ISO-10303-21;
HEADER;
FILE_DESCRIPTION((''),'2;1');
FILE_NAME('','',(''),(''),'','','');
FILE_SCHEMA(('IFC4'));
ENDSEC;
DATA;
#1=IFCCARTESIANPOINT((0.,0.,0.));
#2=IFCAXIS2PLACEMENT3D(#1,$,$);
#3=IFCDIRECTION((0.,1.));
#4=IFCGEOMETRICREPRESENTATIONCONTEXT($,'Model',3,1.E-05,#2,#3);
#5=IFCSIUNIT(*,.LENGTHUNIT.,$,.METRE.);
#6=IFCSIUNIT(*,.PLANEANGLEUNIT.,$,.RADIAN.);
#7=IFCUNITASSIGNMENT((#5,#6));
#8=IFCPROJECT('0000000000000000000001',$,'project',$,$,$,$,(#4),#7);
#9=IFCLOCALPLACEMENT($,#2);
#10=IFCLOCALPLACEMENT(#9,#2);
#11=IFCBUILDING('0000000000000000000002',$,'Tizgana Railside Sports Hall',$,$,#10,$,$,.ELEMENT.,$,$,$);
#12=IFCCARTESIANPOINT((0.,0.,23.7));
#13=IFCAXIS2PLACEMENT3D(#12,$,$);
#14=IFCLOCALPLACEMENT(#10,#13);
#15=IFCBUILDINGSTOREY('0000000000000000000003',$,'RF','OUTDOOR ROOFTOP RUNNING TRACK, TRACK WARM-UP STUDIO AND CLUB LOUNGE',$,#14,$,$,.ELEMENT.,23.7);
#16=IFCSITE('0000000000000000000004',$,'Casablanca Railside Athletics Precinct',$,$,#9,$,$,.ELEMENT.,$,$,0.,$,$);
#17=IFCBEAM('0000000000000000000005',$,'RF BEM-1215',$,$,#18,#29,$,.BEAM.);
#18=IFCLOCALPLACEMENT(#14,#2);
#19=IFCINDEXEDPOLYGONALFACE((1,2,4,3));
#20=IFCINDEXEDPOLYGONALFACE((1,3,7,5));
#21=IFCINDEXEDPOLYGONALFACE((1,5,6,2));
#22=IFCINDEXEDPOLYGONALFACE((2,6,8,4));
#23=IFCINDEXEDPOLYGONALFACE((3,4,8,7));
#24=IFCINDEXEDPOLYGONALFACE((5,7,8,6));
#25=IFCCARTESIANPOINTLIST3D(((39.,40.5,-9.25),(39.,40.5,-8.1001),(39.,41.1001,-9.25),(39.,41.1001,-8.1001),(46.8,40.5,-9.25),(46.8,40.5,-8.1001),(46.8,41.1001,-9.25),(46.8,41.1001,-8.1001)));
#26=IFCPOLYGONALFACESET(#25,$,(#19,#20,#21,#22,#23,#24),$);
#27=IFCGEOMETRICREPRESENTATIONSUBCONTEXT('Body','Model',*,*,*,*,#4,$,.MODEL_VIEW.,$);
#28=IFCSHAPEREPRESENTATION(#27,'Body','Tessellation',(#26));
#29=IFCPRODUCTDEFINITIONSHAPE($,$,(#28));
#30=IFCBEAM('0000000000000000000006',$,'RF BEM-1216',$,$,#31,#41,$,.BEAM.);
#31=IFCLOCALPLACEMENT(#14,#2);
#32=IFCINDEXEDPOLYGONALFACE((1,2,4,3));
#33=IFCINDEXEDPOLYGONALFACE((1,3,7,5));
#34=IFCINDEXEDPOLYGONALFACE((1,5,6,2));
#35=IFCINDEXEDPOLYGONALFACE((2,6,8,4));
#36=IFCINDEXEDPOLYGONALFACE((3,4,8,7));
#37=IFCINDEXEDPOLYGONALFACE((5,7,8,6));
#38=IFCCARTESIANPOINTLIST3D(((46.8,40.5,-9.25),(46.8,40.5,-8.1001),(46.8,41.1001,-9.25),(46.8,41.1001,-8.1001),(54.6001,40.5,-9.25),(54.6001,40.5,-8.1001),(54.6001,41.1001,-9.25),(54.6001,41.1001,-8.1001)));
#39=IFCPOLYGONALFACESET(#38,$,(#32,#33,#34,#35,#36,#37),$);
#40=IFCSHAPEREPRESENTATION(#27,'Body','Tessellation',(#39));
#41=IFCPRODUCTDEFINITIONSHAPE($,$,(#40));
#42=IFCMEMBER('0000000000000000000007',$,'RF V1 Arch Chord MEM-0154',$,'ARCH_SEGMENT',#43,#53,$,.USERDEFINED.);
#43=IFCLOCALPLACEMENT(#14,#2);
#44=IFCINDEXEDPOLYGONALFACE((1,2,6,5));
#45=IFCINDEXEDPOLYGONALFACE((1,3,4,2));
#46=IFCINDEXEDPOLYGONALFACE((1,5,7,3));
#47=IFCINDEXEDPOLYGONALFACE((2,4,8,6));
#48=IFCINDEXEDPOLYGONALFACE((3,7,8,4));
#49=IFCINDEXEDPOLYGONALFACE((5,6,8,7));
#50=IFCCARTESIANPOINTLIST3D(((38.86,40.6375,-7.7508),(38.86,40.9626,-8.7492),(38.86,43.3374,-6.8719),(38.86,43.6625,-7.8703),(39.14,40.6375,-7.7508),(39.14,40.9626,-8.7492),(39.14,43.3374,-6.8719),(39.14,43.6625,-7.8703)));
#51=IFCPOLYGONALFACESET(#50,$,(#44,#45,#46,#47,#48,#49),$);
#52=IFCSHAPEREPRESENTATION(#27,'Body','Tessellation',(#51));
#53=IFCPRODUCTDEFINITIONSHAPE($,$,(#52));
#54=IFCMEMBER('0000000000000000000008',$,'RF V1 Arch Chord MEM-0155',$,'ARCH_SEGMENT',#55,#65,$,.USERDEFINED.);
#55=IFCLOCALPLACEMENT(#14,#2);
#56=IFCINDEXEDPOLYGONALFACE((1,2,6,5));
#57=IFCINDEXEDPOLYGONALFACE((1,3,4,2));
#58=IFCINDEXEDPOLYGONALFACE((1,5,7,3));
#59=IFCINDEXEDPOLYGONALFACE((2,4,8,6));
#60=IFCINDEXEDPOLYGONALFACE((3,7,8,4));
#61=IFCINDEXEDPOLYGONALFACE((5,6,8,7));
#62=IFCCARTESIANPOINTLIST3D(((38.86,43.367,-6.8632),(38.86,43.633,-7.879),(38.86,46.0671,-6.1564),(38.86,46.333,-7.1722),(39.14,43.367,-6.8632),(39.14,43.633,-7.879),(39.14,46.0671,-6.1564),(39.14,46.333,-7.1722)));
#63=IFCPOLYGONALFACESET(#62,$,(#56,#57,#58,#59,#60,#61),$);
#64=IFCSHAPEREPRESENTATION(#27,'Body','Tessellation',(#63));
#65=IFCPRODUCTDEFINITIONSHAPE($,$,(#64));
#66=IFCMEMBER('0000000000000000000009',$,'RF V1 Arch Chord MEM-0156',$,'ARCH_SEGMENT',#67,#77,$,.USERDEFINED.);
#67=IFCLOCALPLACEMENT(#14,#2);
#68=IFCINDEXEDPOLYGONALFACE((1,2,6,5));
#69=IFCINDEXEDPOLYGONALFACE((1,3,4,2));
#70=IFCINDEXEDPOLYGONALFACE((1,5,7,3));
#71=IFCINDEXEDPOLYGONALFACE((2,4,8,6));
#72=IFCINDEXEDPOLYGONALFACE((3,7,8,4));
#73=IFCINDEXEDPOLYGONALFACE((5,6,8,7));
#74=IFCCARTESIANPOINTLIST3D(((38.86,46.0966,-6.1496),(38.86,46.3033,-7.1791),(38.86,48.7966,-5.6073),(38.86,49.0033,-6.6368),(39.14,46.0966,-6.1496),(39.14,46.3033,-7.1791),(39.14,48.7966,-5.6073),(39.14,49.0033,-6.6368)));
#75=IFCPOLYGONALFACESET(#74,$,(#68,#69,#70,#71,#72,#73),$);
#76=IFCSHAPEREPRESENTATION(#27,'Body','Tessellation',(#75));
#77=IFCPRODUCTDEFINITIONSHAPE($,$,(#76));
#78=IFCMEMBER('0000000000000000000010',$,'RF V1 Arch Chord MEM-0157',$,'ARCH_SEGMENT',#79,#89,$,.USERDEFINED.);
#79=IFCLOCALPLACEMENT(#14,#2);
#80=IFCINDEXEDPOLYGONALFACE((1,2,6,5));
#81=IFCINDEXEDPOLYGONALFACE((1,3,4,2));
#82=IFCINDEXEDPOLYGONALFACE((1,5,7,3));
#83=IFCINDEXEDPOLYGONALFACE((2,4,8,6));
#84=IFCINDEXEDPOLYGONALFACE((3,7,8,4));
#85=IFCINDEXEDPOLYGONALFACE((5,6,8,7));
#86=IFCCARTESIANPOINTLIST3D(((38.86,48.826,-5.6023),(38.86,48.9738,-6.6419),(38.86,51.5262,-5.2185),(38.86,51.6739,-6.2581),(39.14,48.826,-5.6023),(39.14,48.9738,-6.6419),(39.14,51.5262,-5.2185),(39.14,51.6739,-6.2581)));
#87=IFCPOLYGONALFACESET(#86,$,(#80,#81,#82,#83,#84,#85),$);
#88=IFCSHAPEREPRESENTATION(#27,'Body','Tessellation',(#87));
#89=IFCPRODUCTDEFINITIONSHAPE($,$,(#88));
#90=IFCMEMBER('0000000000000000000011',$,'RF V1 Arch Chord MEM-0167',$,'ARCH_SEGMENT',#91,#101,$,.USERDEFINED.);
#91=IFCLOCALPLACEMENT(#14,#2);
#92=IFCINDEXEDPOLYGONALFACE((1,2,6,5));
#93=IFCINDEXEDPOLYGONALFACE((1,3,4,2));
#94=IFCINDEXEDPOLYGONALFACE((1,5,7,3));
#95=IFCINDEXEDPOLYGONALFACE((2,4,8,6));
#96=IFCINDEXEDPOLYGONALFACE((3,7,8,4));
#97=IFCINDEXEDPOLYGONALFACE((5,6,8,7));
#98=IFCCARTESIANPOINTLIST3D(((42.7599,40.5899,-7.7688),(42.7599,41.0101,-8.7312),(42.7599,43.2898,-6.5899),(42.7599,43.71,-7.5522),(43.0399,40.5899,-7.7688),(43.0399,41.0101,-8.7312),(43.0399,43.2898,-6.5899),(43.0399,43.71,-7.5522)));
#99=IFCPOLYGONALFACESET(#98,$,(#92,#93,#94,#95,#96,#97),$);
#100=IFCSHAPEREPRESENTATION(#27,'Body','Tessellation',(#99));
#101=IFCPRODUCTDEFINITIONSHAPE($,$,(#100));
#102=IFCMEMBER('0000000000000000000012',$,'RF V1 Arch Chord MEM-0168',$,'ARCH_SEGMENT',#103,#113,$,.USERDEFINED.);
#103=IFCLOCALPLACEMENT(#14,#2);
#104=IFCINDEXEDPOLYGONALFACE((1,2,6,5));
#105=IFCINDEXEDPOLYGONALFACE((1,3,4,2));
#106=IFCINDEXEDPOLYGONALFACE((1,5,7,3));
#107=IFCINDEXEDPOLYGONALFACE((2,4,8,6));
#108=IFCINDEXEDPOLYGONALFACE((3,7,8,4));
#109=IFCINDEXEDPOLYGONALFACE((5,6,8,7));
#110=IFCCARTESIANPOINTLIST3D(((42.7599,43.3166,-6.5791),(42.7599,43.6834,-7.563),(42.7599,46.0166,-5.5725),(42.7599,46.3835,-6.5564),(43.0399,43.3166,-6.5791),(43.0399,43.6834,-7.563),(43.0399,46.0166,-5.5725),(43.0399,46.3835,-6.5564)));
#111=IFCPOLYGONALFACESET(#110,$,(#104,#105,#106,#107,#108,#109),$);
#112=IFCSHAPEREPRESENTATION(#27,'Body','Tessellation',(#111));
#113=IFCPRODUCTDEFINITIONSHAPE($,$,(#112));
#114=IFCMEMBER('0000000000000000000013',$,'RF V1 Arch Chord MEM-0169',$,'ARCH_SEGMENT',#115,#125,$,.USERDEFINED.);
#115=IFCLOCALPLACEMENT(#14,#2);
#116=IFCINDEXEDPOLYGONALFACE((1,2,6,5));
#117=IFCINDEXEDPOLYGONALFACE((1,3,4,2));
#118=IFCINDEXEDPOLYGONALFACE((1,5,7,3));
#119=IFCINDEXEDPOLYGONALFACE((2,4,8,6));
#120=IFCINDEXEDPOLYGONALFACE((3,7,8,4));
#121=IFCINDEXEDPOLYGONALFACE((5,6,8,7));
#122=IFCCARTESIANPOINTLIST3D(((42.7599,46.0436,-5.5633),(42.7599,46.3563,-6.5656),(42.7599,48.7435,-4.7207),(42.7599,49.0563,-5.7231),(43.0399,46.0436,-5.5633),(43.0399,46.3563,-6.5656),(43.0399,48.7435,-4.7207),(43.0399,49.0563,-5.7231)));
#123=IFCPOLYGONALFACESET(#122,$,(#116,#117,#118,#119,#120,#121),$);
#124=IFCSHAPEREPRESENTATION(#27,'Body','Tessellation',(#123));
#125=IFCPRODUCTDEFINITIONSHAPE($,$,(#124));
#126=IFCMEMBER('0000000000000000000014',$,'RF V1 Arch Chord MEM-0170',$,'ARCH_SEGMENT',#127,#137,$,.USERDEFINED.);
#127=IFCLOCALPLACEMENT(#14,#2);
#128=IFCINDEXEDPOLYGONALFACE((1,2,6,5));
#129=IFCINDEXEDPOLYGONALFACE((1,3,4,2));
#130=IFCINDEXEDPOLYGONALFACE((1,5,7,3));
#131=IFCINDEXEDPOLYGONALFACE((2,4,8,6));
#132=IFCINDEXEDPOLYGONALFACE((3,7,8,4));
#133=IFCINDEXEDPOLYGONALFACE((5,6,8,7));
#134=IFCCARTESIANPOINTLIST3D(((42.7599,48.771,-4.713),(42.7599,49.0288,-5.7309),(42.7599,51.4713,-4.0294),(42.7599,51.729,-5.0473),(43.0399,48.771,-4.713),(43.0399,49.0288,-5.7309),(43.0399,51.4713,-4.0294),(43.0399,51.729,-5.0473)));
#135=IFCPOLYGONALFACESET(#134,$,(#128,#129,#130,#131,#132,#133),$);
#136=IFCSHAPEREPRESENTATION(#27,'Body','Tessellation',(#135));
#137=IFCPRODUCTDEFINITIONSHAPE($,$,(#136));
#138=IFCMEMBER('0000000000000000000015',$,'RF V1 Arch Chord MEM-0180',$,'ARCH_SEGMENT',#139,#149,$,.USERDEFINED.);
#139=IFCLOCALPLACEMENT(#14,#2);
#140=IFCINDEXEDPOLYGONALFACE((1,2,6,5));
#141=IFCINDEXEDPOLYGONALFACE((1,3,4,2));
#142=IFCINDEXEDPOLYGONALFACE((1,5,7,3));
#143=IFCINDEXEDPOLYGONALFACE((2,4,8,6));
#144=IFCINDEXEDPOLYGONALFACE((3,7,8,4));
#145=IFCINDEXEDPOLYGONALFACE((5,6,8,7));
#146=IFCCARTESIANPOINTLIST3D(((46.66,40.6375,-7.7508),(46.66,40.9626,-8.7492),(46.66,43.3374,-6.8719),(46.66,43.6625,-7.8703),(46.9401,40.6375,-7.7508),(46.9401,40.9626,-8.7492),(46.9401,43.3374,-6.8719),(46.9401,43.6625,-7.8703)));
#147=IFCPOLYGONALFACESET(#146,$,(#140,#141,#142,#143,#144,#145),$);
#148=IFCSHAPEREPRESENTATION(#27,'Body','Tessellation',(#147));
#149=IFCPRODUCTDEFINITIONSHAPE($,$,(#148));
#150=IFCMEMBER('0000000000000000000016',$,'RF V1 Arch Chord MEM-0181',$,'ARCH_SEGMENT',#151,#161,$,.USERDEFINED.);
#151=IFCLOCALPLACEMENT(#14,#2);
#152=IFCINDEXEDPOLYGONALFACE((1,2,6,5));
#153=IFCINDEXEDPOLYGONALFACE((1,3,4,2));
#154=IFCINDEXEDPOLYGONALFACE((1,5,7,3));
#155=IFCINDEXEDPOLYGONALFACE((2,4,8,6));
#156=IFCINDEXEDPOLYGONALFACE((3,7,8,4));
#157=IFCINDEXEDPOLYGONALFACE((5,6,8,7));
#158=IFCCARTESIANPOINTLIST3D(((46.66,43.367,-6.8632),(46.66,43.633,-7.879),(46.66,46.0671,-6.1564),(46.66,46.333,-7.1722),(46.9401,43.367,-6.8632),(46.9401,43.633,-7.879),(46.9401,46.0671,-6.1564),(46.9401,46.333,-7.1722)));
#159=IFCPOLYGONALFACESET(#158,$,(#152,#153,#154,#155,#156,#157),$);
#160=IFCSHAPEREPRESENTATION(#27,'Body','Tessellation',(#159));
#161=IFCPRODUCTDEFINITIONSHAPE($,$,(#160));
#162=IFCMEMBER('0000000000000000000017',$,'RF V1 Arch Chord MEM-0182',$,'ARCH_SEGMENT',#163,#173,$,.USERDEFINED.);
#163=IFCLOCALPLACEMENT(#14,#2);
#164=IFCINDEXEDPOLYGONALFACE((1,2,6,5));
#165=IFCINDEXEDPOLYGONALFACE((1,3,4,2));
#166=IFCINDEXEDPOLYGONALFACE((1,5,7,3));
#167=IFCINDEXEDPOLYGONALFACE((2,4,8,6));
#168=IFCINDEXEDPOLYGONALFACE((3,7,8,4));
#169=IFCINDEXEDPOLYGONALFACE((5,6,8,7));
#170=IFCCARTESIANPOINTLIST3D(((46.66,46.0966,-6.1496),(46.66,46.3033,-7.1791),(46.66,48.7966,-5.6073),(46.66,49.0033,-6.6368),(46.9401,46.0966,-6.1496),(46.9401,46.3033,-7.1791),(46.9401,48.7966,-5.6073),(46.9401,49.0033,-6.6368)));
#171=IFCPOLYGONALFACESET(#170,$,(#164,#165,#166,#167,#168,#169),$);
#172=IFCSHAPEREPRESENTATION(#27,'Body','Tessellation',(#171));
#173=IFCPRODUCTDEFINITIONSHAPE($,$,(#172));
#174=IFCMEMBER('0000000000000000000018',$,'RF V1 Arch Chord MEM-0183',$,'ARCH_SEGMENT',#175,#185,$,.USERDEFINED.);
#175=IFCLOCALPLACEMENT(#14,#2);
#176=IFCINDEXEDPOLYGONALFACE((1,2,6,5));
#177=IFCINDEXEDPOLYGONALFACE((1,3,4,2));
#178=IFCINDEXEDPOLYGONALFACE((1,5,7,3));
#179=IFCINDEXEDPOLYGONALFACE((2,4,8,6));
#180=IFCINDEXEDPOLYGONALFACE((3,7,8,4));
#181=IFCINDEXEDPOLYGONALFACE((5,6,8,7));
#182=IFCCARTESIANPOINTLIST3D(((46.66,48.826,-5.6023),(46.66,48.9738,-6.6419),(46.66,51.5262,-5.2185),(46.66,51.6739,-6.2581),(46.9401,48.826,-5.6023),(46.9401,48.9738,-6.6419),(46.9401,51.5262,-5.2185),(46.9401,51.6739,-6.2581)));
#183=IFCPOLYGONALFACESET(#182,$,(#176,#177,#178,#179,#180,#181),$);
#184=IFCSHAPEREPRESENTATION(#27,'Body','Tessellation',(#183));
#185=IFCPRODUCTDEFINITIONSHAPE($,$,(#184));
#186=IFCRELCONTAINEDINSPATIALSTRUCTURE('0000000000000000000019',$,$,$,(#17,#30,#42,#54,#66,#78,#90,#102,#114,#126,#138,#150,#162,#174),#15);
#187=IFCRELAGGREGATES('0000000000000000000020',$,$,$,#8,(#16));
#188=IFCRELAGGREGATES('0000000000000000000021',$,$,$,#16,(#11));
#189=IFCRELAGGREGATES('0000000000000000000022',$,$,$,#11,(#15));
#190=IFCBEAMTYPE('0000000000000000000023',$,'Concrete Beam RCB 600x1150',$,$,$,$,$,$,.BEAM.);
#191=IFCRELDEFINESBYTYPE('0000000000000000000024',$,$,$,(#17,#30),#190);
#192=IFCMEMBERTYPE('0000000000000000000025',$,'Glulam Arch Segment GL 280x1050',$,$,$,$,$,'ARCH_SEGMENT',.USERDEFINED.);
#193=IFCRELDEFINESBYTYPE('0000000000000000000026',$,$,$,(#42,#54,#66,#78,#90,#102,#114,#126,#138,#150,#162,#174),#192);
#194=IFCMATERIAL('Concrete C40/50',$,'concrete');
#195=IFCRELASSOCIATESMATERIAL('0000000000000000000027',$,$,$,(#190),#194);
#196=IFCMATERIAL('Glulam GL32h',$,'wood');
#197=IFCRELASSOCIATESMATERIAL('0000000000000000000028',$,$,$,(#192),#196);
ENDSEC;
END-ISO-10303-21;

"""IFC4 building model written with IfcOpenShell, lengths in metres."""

from ifc_helpers import new_model, si_unit, direction, frame, origin, origin_2d, place, context, subcontext, project, spatial, rectangle, extrude, material, material_profile, profile_set, type_object, element, save


model = new_model("IFC4")

# Units and contexts
model_context = context("Model", 3, precision=1e-05, world=origin(), true_north=direction((0.0, 1.0)))
body_context = subcontext(model_context, "Body", "Model", "MODEL_VIEW")
ifc_project = project(units=[si_unit("LENGTHUNIT", "METRE"), si_unit("PLANEANGLEUNIT", "RADIAN")], contexts=[model_context])

# Site, building, storey
site_placement = place(None, origin())
site = spatial("IfcSite", under=ifc_project, at=site_placement, Name="Casablanca Railside Athletics Precinct", CompositionType="ELEMENT", RefElevation=0.0)
building_placement = place(site_placement, origin())
building = spatial("IfcBuilding", under=site, at=building_placement, Name="Tizgana Railside Sports Hall", CompositionType="ELEMENT")
storey_placement = place(building_placement, frame((0.0, 0.0, 23.7)))
storey = spatial("IfcBuildingStorey", under=building, at=storey_placement, Name="RF", Description="OUTDOOR ROOFTOP RUNNING TRACK, TRACK WARM-UP STUDIO AND CLUB LOUNGE", CompositionType="ELEMENT", Elevation=23.7)

# Beams
ifc_material_1 = material(Name="Concrete C40/50", Category="concrete")
ifc_material_profile_1 = material_profile(ifc_material_1, rectangle(XDim=0.6001, YDim=1.1499, at=origin_2d()), Name="RCB 600x1150")
ifc_profile_set_1 = profile_set([ifc_material_profile_1], Name="Concrete C40/50")
beam_type = type_object("IfcBeamType", Name="Concrete Beam RCB 600x1150", PredefinedType="BEAM", material=ifc_profile_set_1)
for number, where, z_axis, x_axis, name in (
    (1, (39.0, 40.8, -8.675), (1.0, 0.0, 0.0), (0.0, 1.0, 0.0), "RF BEM-1215"),
    (2, (46.8, 40.8, -8.675), (1.0, 0.0, 0.0), (0.0, 1.0, 0.0), "RF BEM-1216"),
):
    element("IfcBeam", number, at=place(storey_placement, frame(where, z_axis=z_axis, x_axis=x_axis)), inside=storey, type_object=beam_type, Name=name, PredefinedType="BEAM", context=body_context, shape_type="SweptSolid", body=[
        extrude(rectangle(XDim=0.6001, YDim=1.1499, at=origin_2d()), origin(), (0.0, 0.0, 1.0), 7.8),
    ])

# Members
ifc_material_2 = material(Name="Glulam GL32h", Category="wood")
ifc_material_profile_2 = material_profile(ifc_material_2, rectangle(XDim=0.28, YDim=1.05, at=origin_2d()), Name="GL 280x1050")
ifc_profile_set_2 = profile_set([ifc_material_profile_2], Name="Glulam GL32h")
member_type_1 = type_object("IfcMemberType", Name="Glulam Arch Segment GL 280x1050", ElementType="ARCH_SEGMENT", PredefinedType="USERDEFINED", material=ifc_profile_set_2)
member_1_placement = place(storey_placement, frame((39.0, 40.8, -8.25), z_axis=(0.0, 0.950887, 0.309539), x_axis=(-1.0, 0.0, 0.0)))
element("IfcMember", 3, at=member_1_placement, inside=storey, type_object=member_type_1, Name="RF V1 Arch Chord MEM-0154", ObjectType="ARCH_SEGMENT", PredefinedType="USERDEFINED", context=body_context, shape_type="SweptSolid", body=[
    extrude(rectangle(XDim=0.28, YDim=1.05, at=origin_2d()), origin(), (0.0, 0.0, 1.0), 2.8394),
])
member_2_placement = place(storey_placement, frame((39.0, 43.5, -7.3711), z_axis=(0.0, 0.967402, 0.253244), x_axis=(-1.0, 0.0, 0.0)))
element("IfcMember", 4, at=member_2_placement, inside=storey, type_object=member_type_1, Name="RF V1 Arch Chord MEM-0155", ObjectType="ARCH_SEGMENT", PredefinedType="USERDEFINED", context=body_context, shape_type="SweptSolid", body=[
    extrude(rectangle(XDim=0.28, YDim=1.05, at=origin_2d()), origin(), (0.0, 0.0, 1.0), 2.791),
])
member_3_placement = place(storey_placement, frame((39.0, 46.2, -6.6643), z_axis=(0.0, 0.980424, 0.1969), x_axis=(-1.0, 0.0, 0.0)))
element("IfcMember", 5, at=member_3_placement, inside=storey, type_object=member_type_1, Name="RF V1 Arch Chord MEM-0156", ObjectType="ARCH_SEGMENT", PredefinedType="USERDEFINED", context=body_context, shape_type="SweptSolid", body=[
    extrude(rectangle(XDim=0.28, YDim=1.05, at=origin_2d()), origin(), (0.0, 0.0, 1.0), 2.7539),
])
member_4_placement = place(storey_placement, frame((39.0, 48.8999, -6.1221), z_axis=(0.0, 0.99005, 0.14072), x_axis=(-1.0, 0.0, 0.0)))
element("IfcMember", 6, at=member_4_placement, inside=storey, type_object=member_type_1, Name="RF V1 Arch Chord MEM-0157", ObjectType="ARCH_SEGMENT", PredefinedType="USERDEFINED", context=body_context, shape_type="SweptSolid", body=[
    extrude(rectangle(XDim=0.28, YDim=1.05, at=origin_2d()), origin(), (0.0, 0.0, 1.0), 2.7273),
])
member_5_placement = place(storey_placement, frame((42.8999, 40.8, -8.25), z_axis=(0.0, 0.91644, 0.400171), x_axis=(-1.0, 0.0, 0.0)))
element("IfcMember", 7, at=member_5_placement, inside=storey, type_object=member_type_1, Name="RF V1 Arch Chord MEM-0167", ObjectType="ARCH_SEGMENT", PredefinedType="USERDEFINED", context=body_context, shape_type="SweptSolid", body=[
    extrude(rectangle(XDim=0.28, YDim=1.05, at=origin_2d()), origin(), (0.0, 0.0, 1.0), 2.946),
])
member_6_placement = place(storey_placement, frame((42.8999, 43.5, -7.071), z_axis=(0.0, 0.936999, 0.349331), x_axis=(-1.0, 0.0, 0.0)))
element("IfcMember", 8, at=member_6_placement, inside=storey, type_object=member_type_1, Name="RF V1 Arch Chord MEM-0168", ObjectType="ARCH_SEGMENT", PredefinedType="USERDEFINED", context=body_context, shape_type="SweptSolid", body=[
    extrude(rectangle(XDim=0.28, YDim=1.05, at=origin_2d()), origin(), (0.0, 0.0, 1.0), 2.8816),
])
member_7_placement = place(storey_placement, frame((42.8999, 46.2, -6.0645), z_axis=(0.0, 0.954601, 0.297887), x_axis=(-1.0, 0.0, 0.0)))
element("IfcMember", 9, at=member_7_placement, inside=storey, type_object=member_type_1, Name="RF V1 Arch Chord MEM-0169", ObjectType="ARCH_SEGMENT", PredefinedType="USERDEFINED", context=body_context, shape_type="SweptSolid", body=[
    extrude(rectangle(XDim=0.28, YDim=1.05, at=origin_2d()), origin(), (0.0, 0.0, 1.0), 2.8284),
])
member_8_placement = place(storey_placement, frame((42.8999, 48.8999, -5.2219), z_axis=(0.0, 0.969416, 0.245422), x_axis=(-1.0, 0.0, 0.0)))
element("IfcMember", 10, at=member_8_placement, inside=storey, type_object=member_type_1, Name="RF V1 Arch Chord MEM-0170", ObjectType="ARCH_SEGMENT", PredefinedType="USERDEFINED", context=body_context, shape_type="SweptSolid", body=[
    extrude(rectangle(XDim=0.28, YDim=1.05, at=origin_2d()), origin(), (0.0, 0.0, 1.0), 2.7854),
])
member_9_placement = place(storey_placement, frame((46.8, 40.8, -8.25), z_axis=(0.0, 0.950887, 0.309539), x_axis=(-1.0, 0.0, 0.0)))
element("IfcMember", 11, at=member_9_placement, inside=storey, type_object=member_type_1, Name="RF V1 Arch Chord MEM-0180", ObjectType="ARCH_SEGMENT", PredefinedType="USERDEFINED", context=body_context, shape_type="SweptSolid", body=[
    extrude(rectangle(XDim=0.28, YDim=1.05, at=origin_2d()), origin(), (0.0, 0.0, 1.0), 2.8394),
])
member_10_placement = place(storey_placement, frame((46.8, 43.5, -7.3711), z_axis=(0.0, 0.967402, 0.253244), x_axis=(-1.0, 0.0, 0.0)))
element("IfcMember", 12, at=member_10_placement, inside=storey, type_object=member_type_1, Name="RF V1 Arch Chord MEM-0181", ObjectType="ARCH_SEGMENT", PredefinedType="USERDEFINED", context=body_context, shape_type="SweptSolid", body=[
    extrude(rectangle(XDim=0.28, YDim=1.05, at=origin_2d()), origin(), (0.0, 0.0, 1.0), 2.791),
])
member_11_placement = place(storey_placement, frame((46.8, 46.2, -6.6643), z_axis=(0.0, 0.980424, 0.1969), x_axis=(-1.0, 0.0, 0.0)))
element("IfcMember", 13, at=member_11_placement, inside=storey, type_object=member_type_1, Name="RF V1 Arch Chord MEM-0182", ObjectType="ARCH_SEGMENT", PredefinedType="USERDEFINED", context=body_context, shape_type="SweptSolid", body=[
    extrude(rectangle(XDim=0.28, YDim=1.05, at=origin_2d()), origin(), (0.0, 0.0, 1.0), 2.7539),
])
member_12_placement = place(storey_placement, frame((46.8, 48.8999, -6.1221), z_axis=(0.0, 0.99005, 0.14072), x_axis=(-1.0, 0.0, 0.0)))
element("IfcMember", 14, at=member_12_placement, inside=storey, type_object=member_type_1, Name="RF V1 Arch Chord MEM-0183", ObjectType="ARCH_SEGMENT", PredefinedType="USERDEFINED", context=body_context, shape_type="SweptSolid", body=[
    extrude(rectangle(XDim=0.28, YDim=1.05, at=origin_2d()), origin(), (0.0, 0.0, 1.0), 2.7273),
])

save(model, "model.ifc")
